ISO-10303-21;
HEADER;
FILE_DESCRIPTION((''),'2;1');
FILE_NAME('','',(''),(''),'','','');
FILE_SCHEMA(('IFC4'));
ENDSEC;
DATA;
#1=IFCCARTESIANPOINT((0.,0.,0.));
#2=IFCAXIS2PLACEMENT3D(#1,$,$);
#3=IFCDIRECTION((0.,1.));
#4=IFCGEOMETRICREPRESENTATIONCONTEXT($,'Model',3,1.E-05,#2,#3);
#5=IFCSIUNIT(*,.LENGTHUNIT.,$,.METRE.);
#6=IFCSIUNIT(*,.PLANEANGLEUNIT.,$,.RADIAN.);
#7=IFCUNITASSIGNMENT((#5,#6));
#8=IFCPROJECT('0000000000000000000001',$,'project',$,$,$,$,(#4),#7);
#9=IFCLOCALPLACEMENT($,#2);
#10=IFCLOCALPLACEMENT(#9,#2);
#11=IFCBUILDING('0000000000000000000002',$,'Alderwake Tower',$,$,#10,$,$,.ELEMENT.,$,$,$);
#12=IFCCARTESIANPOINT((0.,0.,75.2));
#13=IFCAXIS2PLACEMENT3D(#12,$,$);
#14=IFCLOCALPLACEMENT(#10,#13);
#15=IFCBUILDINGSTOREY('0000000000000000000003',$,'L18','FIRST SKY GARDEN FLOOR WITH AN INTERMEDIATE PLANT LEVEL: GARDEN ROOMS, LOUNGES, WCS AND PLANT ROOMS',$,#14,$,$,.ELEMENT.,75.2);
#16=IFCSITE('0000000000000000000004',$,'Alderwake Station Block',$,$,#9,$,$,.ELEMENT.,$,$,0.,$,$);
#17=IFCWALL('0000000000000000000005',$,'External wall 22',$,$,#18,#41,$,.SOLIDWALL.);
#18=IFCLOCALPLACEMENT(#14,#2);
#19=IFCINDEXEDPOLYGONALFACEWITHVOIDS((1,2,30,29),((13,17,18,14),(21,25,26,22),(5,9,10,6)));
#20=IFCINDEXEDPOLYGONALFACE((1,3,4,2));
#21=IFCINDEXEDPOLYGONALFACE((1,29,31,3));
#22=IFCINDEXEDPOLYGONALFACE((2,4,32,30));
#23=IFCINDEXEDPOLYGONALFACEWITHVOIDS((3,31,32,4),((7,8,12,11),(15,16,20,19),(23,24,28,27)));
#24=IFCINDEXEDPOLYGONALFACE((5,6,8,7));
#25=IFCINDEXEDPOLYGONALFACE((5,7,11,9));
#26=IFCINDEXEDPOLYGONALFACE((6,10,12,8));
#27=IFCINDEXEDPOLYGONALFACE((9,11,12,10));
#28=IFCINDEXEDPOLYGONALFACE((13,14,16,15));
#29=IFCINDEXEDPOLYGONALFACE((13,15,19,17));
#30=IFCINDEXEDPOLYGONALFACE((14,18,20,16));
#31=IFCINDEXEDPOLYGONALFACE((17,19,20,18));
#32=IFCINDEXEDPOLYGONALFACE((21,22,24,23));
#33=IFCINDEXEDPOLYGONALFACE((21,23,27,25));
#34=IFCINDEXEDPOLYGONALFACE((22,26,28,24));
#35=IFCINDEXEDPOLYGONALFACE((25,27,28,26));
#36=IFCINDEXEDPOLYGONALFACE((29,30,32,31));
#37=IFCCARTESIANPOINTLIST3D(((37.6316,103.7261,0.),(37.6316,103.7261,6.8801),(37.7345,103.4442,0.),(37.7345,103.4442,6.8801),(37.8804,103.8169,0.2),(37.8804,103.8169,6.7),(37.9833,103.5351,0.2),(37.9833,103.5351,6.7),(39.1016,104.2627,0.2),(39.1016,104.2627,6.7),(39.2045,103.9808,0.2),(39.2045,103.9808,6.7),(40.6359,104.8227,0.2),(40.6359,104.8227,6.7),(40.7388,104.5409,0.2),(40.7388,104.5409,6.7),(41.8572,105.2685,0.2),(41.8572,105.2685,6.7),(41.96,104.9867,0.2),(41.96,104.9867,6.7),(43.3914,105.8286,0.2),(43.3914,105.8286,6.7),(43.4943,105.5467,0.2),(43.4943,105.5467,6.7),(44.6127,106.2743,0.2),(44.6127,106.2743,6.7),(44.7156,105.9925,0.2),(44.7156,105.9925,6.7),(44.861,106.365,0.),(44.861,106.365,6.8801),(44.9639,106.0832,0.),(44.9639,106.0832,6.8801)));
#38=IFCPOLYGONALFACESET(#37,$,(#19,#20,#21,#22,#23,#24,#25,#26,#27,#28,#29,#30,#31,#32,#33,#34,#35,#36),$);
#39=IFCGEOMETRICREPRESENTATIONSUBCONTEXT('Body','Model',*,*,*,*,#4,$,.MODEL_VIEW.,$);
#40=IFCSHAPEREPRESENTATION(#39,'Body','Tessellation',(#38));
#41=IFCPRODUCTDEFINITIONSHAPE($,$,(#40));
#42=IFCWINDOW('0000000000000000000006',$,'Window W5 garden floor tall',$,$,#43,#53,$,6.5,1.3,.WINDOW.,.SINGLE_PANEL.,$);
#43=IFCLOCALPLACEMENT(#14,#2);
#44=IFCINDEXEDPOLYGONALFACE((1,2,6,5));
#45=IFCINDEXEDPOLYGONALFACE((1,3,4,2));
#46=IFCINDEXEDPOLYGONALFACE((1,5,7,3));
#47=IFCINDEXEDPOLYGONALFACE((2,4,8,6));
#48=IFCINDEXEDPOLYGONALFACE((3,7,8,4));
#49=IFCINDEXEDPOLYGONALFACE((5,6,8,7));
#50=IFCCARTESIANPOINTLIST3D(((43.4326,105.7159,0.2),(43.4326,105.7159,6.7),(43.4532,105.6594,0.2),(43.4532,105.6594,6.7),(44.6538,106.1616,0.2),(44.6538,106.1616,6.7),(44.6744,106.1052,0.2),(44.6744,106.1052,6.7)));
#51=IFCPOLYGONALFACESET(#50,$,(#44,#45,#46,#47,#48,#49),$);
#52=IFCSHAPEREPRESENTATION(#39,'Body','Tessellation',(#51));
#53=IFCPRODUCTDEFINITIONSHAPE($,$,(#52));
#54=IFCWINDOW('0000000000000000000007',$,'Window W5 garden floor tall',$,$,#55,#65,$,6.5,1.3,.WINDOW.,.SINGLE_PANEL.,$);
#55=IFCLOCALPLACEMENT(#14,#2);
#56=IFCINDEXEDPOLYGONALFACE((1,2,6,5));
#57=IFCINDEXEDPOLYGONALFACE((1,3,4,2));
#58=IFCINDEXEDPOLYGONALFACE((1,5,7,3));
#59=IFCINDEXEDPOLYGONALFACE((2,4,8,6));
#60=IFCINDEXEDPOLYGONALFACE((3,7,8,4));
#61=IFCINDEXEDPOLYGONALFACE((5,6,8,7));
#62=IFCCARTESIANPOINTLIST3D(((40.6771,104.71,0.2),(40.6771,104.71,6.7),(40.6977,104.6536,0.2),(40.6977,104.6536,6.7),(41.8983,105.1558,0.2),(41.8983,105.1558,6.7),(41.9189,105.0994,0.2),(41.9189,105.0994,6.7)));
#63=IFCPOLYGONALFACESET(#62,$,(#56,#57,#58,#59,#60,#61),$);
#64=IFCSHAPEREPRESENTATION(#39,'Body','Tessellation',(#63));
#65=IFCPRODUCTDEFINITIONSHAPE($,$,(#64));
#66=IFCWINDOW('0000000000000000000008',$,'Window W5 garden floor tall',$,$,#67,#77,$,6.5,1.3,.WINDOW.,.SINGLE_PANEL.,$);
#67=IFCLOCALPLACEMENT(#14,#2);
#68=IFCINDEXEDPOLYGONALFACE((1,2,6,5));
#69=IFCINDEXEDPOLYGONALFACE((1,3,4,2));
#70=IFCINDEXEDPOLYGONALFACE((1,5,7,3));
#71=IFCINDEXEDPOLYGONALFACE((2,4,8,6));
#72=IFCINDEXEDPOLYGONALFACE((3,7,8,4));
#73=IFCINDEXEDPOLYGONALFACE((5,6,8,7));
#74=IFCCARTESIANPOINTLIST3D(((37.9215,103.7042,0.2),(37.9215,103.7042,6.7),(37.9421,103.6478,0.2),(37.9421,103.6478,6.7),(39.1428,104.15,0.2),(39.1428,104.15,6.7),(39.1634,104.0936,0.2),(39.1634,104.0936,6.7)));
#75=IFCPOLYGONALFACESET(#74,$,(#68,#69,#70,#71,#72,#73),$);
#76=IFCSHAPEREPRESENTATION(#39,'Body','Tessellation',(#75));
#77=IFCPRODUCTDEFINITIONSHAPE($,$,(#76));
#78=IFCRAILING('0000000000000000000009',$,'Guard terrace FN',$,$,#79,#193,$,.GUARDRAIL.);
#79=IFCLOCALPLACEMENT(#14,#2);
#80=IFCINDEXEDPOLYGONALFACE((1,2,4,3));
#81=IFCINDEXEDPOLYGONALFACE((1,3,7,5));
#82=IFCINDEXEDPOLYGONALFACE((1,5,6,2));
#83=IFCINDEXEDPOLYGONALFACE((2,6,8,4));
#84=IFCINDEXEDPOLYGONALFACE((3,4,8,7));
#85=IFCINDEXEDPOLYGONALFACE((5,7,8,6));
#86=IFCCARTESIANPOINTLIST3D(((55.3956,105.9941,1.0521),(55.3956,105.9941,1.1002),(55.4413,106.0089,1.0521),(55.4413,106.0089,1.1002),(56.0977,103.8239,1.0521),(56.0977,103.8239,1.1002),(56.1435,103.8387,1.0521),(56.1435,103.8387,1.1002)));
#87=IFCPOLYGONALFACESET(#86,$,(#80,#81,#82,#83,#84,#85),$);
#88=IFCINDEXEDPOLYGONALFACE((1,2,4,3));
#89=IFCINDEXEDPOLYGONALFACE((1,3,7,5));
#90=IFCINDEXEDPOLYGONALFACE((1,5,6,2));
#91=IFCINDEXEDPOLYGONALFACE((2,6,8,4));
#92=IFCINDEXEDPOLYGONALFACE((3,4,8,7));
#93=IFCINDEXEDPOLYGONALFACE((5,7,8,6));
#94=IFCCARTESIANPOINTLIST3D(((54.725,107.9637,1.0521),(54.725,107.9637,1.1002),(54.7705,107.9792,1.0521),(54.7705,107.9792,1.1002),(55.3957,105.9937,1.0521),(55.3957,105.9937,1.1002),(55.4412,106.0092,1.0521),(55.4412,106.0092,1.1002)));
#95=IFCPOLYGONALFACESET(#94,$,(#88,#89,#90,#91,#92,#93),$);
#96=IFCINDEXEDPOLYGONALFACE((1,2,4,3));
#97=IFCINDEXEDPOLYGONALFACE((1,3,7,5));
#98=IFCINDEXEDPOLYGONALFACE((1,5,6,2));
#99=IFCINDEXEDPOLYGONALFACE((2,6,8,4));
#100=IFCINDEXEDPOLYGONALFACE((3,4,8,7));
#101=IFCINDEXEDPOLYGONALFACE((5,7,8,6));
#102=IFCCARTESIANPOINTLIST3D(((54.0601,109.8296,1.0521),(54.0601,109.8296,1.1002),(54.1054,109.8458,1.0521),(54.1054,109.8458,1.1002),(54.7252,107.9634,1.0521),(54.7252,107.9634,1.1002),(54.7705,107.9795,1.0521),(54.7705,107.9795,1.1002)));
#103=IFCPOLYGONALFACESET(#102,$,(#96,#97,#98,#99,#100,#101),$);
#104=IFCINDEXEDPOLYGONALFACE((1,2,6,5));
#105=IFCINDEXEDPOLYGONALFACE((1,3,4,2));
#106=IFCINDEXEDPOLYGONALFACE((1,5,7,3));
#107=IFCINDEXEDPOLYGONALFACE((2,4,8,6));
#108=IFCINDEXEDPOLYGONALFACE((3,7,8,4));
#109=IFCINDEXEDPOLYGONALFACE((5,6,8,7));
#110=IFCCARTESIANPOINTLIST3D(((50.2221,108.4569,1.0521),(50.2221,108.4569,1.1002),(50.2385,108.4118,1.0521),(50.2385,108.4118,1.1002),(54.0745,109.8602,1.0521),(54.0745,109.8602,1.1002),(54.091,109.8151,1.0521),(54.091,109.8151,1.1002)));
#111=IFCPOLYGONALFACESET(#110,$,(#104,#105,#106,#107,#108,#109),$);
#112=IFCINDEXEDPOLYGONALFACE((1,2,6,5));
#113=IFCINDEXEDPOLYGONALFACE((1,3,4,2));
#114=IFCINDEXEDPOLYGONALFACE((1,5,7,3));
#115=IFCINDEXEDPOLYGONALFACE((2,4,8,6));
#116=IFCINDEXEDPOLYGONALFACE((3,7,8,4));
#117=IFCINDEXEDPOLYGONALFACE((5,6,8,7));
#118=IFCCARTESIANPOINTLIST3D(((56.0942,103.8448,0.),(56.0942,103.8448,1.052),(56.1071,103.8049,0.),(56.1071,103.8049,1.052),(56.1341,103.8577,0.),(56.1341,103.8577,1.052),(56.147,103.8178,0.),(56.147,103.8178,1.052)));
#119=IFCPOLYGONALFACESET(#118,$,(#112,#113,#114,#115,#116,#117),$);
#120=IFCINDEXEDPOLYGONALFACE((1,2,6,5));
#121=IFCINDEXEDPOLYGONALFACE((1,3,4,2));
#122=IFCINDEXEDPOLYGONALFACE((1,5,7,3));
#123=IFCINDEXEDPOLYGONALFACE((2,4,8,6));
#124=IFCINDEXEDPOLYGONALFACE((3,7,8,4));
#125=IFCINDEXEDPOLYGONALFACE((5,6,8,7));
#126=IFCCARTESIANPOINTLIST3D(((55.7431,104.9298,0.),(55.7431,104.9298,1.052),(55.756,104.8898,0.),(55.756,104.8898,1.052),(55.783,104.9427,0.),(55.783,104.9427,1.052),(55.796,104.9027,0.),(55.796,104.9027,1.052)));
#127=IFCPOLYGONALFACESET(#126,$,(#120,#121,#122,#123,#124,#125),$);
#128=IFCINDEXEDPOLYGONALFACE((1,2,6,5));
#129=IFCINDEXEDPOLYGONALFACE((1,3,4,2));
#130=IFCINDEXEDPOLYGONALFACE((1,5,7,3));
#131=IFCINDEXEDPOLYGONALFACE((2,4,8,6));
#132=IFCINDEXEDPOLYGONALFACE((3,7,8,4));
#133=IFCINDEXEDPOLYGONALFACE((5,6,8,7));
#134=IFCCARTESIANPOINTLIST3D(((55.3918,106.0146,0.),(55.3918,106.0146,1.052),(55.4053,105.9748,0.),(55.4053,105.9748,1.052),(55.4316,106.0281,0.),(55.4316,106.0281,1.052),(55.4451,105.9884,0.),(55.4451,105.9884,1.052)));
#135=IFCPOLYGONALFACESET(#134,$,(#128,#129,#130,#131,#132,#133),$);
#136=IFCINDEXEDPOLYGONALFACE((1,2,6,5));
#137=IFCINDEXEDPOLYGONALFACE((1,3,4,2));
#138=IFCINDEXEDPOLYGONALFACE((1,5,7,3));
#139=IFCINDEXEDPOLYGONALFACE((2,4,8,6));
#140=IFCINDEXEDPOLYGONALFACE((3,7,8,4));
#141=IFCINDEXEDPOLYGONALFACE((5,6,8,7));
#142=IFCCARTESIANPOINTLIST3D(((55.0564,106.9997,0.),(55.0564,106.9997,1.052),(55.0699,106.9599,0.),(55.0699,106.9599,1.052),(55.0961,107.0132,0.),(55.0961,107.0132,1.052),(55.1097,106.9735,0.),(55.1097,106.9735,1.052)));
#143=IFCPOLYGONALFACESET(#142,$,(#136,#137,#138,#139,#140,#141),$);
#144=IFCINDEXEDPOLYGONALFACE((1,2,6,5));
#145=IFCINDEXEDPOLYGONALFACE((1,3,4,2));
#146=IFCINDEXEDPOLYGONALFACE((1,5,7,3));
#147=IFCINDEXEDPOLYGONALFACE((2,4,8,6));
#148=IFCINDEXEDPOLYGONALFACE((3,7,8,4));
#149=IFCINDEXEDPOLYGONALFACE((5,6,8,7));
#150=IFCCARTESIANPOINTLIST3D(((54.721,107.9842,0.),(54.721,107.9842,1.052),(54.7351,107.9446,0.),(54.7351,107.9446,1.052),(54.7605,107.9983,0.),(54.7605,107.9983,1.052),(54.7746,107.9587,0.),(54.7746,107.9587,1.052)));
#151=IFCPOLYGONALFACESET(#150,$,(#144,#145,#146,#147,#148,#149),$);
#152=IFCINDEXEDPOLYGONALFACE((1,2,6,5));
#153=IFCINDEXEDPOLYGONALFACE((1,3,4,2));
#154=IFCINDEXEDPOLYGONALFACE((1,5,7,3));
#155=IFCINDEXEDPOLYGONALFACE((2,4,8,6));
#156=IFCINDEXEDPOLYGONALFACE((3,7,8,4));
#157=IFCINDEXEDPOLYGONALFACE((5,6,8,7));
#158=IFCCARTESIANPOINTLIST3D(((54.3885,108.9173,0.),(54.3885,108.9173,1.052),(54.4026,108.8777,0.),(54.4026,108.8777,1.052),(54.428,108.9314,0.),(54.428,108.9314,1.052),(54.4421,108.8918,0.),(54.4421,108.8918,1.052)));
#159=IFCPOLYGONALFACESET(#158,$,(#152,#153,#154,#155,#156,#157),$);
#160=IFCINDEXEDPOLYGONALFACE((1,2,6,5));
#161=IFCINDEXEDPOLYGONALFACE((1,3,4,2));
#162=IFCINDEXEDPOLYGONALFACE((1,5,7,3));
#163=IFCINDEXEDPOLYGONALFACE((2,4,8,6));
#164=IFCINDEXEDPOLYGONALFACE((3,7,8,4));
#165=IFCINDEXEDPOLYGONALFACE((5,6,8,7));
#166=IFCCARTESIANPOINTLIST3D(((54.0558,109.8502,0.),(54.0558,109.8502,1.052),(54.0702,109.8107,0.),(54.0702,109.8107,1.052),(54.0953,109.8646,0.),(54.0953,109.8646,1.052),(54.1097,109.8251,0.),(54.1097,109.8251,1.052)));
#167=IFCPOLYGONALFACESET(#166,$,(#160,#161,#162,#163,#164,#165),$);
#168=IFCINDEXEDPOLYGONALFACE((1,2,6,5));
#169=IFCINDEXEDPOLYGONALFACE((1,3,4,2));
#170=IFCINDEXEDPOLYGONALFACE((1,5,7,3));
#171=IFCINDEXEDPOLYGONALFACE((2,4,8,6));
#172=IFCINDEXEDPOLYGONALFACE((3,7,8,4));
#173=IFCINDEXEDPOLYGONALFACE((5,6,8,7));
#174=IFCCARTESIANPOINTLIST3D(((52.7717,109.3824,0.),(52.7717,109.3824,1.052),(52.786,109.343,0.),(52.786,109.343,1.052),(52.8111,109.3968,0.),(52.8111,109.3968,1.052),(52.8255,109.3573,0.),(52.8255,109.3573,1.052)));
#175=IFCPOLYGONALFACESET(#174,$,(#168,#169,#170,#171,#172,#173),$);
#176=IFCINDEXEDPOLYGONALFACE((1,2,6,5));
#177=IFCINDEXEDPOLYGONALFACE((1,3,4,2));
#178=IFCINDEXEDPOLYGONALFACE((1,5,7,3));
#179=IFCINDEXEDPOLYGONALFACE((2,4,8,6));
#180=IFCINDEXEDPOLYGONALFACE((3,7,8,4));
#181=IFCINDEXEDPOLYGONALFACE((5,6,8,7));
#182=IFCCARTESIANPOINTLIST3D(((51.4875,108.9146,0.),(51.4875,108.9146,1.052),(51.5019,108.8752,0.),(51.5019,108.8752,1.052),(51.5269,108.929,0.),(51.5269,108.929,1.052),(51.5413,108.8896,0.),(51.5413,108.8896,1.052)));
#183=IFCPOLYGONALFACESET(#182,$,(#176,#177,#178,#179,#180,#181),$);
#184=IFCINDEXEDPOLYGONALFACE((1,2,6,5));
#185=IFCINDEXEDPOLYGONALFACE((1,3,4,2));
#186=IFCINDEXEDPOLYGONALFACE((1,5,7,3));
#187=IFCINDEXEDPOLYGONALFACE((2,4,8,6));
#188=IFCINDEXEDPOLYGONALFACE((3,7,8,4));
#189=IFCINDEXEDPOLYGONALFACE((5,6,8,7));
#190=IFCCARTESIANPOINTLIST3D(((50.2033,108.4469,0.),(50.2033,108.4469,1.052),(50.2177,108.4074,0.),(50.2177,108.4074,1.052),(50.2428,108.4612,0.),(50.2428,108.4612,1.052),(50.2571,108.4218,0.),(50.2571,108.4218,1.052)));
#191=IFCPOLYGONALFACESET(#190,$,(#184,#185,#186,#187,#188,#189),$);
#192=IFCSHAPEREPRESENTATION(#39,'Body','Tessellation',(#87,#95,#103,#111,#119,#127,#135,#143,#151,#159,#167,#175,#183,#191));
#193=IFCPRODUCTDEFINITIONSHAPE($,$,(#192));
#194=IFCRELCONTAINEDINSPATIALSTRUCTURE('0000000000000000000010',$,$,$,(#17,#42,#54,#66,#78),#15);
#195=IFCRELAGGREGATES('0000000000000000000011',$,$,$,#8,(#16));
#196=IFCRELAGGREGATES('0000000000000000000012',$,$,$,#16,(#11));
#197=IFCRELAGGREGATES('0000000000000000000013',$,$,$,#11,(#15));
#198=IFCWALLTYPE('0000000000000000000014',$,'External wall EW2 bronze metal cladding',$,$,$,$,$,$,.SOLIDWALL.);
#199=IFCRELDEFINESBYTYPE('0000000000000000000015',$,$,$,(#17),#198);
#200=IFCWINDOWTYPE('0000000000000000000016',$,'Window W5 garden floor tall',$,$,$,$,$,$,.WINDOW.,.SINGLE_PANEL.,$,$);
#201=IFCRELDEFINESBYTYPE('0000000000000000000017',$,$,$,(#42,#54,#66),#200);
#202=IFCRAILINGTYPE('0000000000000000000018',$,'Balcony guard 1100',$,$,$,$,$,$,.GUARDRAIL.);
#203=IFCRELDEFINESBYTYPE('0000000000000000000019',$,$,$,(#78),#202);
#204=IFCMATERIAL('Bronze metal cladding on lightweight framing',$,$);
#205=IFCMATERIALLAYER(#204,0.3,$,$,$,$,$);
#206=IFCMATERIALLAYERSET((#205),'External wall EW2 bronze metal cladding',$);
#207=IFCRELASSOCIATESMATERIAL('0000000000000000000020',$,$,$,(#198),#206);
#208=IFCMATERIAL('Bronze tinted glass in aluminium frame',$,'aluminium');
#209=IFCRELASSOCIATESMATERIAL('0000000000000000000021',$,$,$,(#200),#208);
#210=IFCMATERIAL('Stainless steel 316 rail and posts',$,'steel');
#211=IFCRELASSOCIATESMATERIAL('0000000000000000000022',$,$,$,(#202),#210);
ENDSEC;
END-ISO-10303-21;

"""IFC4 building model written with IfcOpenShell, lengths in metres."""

from ifc_helpers import new_model, si_unit, direction, frame, frame_2d, origin, origin_2d, place, context, subcontext, project, spatial, rectangle, extrude, material, layer, layer_set, type_object, element, fill, save


model = new_model("IFC4")

# Units and contexts
model_context = context("Model", 3, precision=1e-05, world=origin(), true_north=direction((0.0, 1.0)))
body_context = subcontext(model_context, "Body", "Model", "MODEL_VIEW")
ifc_project = project(units=[si_unit("LENGTHUNIT", "METRE"), si_unit("PLANEANGLEUNIT", "RADIAN")], contexts=[model_context])

# Site, building, storey
site_placement = place(None, origin())
site = spatial("IfcSite", under=ifc_project, at=site_placement, Name="Alderwake Station Block", CompositionType="ELEMENT", RefElevation=0.0)
building_placement = place(site_placement, origin())
building = spatial("IfcBuilding", under=site, at=building_placement, Name="Alderwake Tower", CompositionType="ELEMENT")
storey_placement = place(building_placement, frame((0.0, 0.0, 75.2)))
storey = spatial("IfcBuildingStorey", under=building, at=storey_placement, Name="L18", Description="FIRST SKY GARDEN FLOOR WITH AN INTERMEDIATE PLANT LEVEL: GARDEN ROOMS, LOUNGES, WCS AND PLANT ROOMS", CompositionType="ELEMENT", Elevation=75.2)

# Shared definitions
ifc_material_1 = material(Name="Bronze metal cladding on lightweight framing")
ifc_layer = layer(ifc_material_1, 0.3)
ifc_layer_set = layer_set([ifc_layer], Name="External wall EW2 bronze metal cladding")
wall_type = type_object("IfcWallType", Name="External wall EW2 bronze metal cladding", PredefinedType="SOLIDWALL", material=ifc_layer_set)
ifc_material_2 = material(Name="Bronze tinted glass in aluminium frame", Category="aluminium")
window_type = type_object("IfcWindowType", Name="Window W5 garden floor tall", PartitioningType="SINGLE_PANEL", PredefinedType="WINDOW", material=ifc_material_2)

# Wall, openings, windows
wall_1_placement = place(storey_placement, frame((44.9126, 106.2241, 0.0), z_axis=(0.0, 0.0, 1.0), x_axis=(-0.939375, -0.342892, 0.0)))
wall_1 = element("IfcWall", 1, at=wall_1_placement, inside=storey, type_object=wall_type, Name="External wall 22", PredefinedType="SOLIDWALL", context=body_context, shape_type="SweptSolid", body=[
    extrude(rectangle(XDim=7.696, YDim=0.3, at=frame_2d((3.8481, 0.0))), origin(), (0.0, 0.0, 1.0), 6.8801),
])
opening_1_placement = place(wall_1_placement, frame((0.2646, 0.0, 0.2)))
opening_1 = element("IfcOpeningElement", 2, at=opening_1_placement, cuts=wall_1, PredefinedType="OPENING", context=body_context, shape_type="SweptSolid", body=[
    extrude(rectangle(XDim=1.3, YDim=6.5, at=frame_2d((0.6499, 3.25))), frame((0.0, 0.1599, 0.0), z_axis=(0.0, -1.0, 0.0), x_axis=(1.0, 0.0, 0.0)), (0.0, 0.0, 1.0), 0.3201),
])
opening_2_placement = place(wall_1_placement, frame((3.198, 0.0, 0.2)))
opening_2 = element("IfcOpeningElement", 3, at=opening_2_placement, cuts=wall_1, PredefinedType="OPENING", context=body_context, shape_type="SweptSolid", body=[
    extrude(rectangle(XDim=1.3, YDim=6.5, at=frame_2d((0.6499, 3.25))), frame((0.0, 0.1599, 0.0), z_axis=(0.0, -1.0, 0.0), x_axis=(1.0, 0.0, 0.0)), (0.0, 0.0, 1.0), 0.3201),
])
opening_3_placement = place(wall_1_placement, frame((6.1313, 0.0, 0.2)))
opening_3 = element("IfcOpeningElement", 4, at=opening_3_placement, cuts=wall_1, PredefinedType="OPENING", context=body_context, shape_type="SweptSolid", body=[
    extrude(rectangle(XDim=1.3, YDim=6.5, at=frame_2d((0.6499, 3.25))), frame((0.0, 0.1599, 0.0), z_axis=(0.0, -1.0, 0.0), x_axis=(1.0, 0.0, 0.0)), (0.0, 0.0, 1.0), 0.3201),
])
window_1_placement = place(opening_1_placement, origin())
window_1 = element("IfcWindow", 5, at=window_1_placement, inside=storey, type_object=window_type, Name="Window W5 garden floor tall", OverallHeight=6.5, OverallWidth=1.3, PartitioningType="SINGLE_PANEL", PredefinedType="WINDOW", context=body_context, shape_type="SweptSolid", body=[
    extrude(rectangle(XDim=1.3, YDim=6.5, at=frame_2d((0.6499, 3.25))), frame((0.0, 0.03, 0.0), z_axis=(0.0, -1.0, 0.0), x_axis=(1.0, 0.0, 0.0)), (0.0, 0.0, 1.0), 0.0601),
])
fill(opening_1, window_1)
window_2_placement = place(opening_2_placement, origin())
window_2 = element("IfcWindow", 6, at=window_2_placement, inside=storey, type_object=window_type, Name="Window W5 garden floor tall", OverallHeight=6.5, OverallWidth=1.3, PartitioningType="SINGLE_PANEL", PredefinedType="WINDOW", context=body_context, shape_type="SweptSolid", body=[
    extrude(rectangle(XDim=1.3, YDim=6.5, at=frame_2d((0.6499, 3.25))), frame((0.0, 0.03, 0.0), z_axis=(0.0, -1.0, 0.0), x_axis=(1.0, 0.0, 0.0)), (0.0, 0.0, 1.0), 0.0601),
])
fill(opening_2, window_2)
window_3_placement = place(opening_3_placement, origin())
window_3 = element("IfcWindow", 7, at=window_3_placement, inside=storey, type_object=window_type, Name="Window W5 garden floor tall", OverallHeight=6.5, OverallWidth=1.3, PartitioningType="SINGLE_PANEL", PredefinedType="WINDOW", context=body_context, shape_type="SweptSolid", body=[
    extrude(rectangle(XDim=1.3, YDim=6.5, at=frame_2d((0.6499, 3.25))), frame((0.0, 0.03, 0.0), z_axis=(0.0, -1.0, 0.0), x_axis=(1.0, 0.0, 0.0)), (0.0, 0.0, 1.0), 0.0601),
])
fill(opening_3, window_3)

# Railing
ifc_material_3 = material(Name="Stainless steel 316 rail and posts", Category="steel")
railing_type = type_object("IfcRailingType", Name="Balcony guard 1100", PredefinedType="GUARDRAIL", material=ifc_material_3)
railing_1_placement = place(storey_placement, frame((56.1206, 103.8313, 0.0)))
element("IfcRailing", 8, at=railing_1_placement, inside=storey, type_object=railing_type, Name="Guard terrace FN", PredefinedType="GUARDRAIL", context=body_context, shape_type="SweptSolid", body=[
    extrude(rectangle(XDim=0.0481, YDim=0.0481, at=origin_2d()), frame((0.0, 0.0, 1.0762), z_axis=(-0.307835, 0.95144, 0.0), x_axis=(-0.95144, -0.307835, 0.0)), (0.0, 0.0, 1.0), 2.281),
    extrude(rectangle(XDim=0.0481, YDim=0.0481, at=origin_2d()), frame((-0.7021, 2.1702, 1.0762), z_axis=(-0.322275, 0.946646, 0.0), x_axis=(-0.946646, -0.322275, 0.0)), (0.0, 0.0, 1.0), 2.0811),
    extrude(rectangle(XDim=0.0481, YDim=0.0481, at=origin_2d()), frame((-1.3728, 4.1401, 1.0762), z_axis=(-0.335681, 0.941976, 0.0), x_axis=(-0.941976, -0.335681, 0.0)), (0.0, 0.0, 1.0), 1.9812),
    extrude(rectangle(XDim=0.0481, YDim=0.0481, at=origin_2d()), frame((-2.0378, 6.0063, 1.0762), z_axis=(-0.939606, -0.342259, 0.0), x_axis=(0.342259, -0.939606, 0.0)), (0.0, 0.0, 1.0), 4.1001),
    extrude(rectangle(XDim=0.042, YDim=0.042, at=origin_2d()), frame((0.0, 0.0, 0.0), z_axis=(0.0, 0.0, 1.0), x_axis=(-0.307835, 0.95144, 0.0)), (0.0, 0.0, 1.0), 1.052),
    extrude(rectangle(XDim=0.042, YDim=0.042, at=origin_2d()), frame((-0.3511, 1.085, 0.0), z_axis=(0.0, 0.0, 1.0), x_axis=(-0.307835, 0.95144, 0.0)), (0.0, 0.0, 1.0), 1.052),
    extrude(rectangle(XDim=0.042, YDim=0.042, at=origin_2d()), frame((-0.7021, 2.1702, 0.0), z_axis=(0.0, 0.0, 1.0), x_axis=(-0.322275, 0.946646, 0.0)), (0.0, 0.0, 1.0), 1.052),
    extrude(rectangle(XDim=0.042, YDim=0.042, at=origin_2d()), frame((-1.0376, 3.1553, 0.0), z_axis=(0.0, 0.0, 1.0), x_axis=(-0.322275, 0.946646, 0.0)), (0.0, 0.0, 1.0), 1.052),
    extrude(rectangle(XDim=0.042, YDim=0.042, at=origin_2d()), frame((-1.3728, 4.1401, 0.0), z_axis=(0.0, 0.0, 1.0), x_axis=(-0.335681, 0.941976, 0.0)), (0.0, 0.0, 1.0), 1.052),
    extrude(rectangle(XDim=0.042, YDim=0.042, at=origin_2d()), frame((-1.7053, 5.0732, 0.0), z_axis=(0.0, 0.0, 1.0), x_axis=(-0.335681, 0.941976, 0.0)), (0.0, 0.0, 1.0), 1.052),
    extrude(rectangle(XDim=0.042, YDim=0.042, at=origin_2d()), frame((-2.0378, 6.0063, 0.0), z_axis=(0.0, 0.0, 1.0), x_axis=(-0.939606, -0.342259, 0.0)), (0.0, 0.0, 1.0), 1.052),
    extrude(rectangle(XDim=0.042, YDim=0.042, at=origin_2d()), frame((-3.322, 5.5386, 0.0), z_axis=(0.0, 0.0, 1.0), x_axis=(-0.939606, -0.342259, 0.0)), (0.0, 0.0, 1.0), 1.052),
    extrude(rectangle(XDim=0.042, YDim=0.042, at=origin_2d()), frame((-4.6062, 5.0708, 0.0), z_axis=(0.0, 0.0, 1.0), x_axis=(-0.939606, -0.342259, 0.0)), (0.0, 0.0, 1.0), 1.052),
    extrude(rectangle(XDim=0.042, YDim=0.042, at=origin_2d()), frame((-5.8904, 4.603, 0.0), z_axis=(0.0, 0.0, 1.0), x_axis=(-0.939606, -0.342259, 0.0)), (0.0, 0.0, 1.0), 1.052),
])

save(model, "model.ifc")
